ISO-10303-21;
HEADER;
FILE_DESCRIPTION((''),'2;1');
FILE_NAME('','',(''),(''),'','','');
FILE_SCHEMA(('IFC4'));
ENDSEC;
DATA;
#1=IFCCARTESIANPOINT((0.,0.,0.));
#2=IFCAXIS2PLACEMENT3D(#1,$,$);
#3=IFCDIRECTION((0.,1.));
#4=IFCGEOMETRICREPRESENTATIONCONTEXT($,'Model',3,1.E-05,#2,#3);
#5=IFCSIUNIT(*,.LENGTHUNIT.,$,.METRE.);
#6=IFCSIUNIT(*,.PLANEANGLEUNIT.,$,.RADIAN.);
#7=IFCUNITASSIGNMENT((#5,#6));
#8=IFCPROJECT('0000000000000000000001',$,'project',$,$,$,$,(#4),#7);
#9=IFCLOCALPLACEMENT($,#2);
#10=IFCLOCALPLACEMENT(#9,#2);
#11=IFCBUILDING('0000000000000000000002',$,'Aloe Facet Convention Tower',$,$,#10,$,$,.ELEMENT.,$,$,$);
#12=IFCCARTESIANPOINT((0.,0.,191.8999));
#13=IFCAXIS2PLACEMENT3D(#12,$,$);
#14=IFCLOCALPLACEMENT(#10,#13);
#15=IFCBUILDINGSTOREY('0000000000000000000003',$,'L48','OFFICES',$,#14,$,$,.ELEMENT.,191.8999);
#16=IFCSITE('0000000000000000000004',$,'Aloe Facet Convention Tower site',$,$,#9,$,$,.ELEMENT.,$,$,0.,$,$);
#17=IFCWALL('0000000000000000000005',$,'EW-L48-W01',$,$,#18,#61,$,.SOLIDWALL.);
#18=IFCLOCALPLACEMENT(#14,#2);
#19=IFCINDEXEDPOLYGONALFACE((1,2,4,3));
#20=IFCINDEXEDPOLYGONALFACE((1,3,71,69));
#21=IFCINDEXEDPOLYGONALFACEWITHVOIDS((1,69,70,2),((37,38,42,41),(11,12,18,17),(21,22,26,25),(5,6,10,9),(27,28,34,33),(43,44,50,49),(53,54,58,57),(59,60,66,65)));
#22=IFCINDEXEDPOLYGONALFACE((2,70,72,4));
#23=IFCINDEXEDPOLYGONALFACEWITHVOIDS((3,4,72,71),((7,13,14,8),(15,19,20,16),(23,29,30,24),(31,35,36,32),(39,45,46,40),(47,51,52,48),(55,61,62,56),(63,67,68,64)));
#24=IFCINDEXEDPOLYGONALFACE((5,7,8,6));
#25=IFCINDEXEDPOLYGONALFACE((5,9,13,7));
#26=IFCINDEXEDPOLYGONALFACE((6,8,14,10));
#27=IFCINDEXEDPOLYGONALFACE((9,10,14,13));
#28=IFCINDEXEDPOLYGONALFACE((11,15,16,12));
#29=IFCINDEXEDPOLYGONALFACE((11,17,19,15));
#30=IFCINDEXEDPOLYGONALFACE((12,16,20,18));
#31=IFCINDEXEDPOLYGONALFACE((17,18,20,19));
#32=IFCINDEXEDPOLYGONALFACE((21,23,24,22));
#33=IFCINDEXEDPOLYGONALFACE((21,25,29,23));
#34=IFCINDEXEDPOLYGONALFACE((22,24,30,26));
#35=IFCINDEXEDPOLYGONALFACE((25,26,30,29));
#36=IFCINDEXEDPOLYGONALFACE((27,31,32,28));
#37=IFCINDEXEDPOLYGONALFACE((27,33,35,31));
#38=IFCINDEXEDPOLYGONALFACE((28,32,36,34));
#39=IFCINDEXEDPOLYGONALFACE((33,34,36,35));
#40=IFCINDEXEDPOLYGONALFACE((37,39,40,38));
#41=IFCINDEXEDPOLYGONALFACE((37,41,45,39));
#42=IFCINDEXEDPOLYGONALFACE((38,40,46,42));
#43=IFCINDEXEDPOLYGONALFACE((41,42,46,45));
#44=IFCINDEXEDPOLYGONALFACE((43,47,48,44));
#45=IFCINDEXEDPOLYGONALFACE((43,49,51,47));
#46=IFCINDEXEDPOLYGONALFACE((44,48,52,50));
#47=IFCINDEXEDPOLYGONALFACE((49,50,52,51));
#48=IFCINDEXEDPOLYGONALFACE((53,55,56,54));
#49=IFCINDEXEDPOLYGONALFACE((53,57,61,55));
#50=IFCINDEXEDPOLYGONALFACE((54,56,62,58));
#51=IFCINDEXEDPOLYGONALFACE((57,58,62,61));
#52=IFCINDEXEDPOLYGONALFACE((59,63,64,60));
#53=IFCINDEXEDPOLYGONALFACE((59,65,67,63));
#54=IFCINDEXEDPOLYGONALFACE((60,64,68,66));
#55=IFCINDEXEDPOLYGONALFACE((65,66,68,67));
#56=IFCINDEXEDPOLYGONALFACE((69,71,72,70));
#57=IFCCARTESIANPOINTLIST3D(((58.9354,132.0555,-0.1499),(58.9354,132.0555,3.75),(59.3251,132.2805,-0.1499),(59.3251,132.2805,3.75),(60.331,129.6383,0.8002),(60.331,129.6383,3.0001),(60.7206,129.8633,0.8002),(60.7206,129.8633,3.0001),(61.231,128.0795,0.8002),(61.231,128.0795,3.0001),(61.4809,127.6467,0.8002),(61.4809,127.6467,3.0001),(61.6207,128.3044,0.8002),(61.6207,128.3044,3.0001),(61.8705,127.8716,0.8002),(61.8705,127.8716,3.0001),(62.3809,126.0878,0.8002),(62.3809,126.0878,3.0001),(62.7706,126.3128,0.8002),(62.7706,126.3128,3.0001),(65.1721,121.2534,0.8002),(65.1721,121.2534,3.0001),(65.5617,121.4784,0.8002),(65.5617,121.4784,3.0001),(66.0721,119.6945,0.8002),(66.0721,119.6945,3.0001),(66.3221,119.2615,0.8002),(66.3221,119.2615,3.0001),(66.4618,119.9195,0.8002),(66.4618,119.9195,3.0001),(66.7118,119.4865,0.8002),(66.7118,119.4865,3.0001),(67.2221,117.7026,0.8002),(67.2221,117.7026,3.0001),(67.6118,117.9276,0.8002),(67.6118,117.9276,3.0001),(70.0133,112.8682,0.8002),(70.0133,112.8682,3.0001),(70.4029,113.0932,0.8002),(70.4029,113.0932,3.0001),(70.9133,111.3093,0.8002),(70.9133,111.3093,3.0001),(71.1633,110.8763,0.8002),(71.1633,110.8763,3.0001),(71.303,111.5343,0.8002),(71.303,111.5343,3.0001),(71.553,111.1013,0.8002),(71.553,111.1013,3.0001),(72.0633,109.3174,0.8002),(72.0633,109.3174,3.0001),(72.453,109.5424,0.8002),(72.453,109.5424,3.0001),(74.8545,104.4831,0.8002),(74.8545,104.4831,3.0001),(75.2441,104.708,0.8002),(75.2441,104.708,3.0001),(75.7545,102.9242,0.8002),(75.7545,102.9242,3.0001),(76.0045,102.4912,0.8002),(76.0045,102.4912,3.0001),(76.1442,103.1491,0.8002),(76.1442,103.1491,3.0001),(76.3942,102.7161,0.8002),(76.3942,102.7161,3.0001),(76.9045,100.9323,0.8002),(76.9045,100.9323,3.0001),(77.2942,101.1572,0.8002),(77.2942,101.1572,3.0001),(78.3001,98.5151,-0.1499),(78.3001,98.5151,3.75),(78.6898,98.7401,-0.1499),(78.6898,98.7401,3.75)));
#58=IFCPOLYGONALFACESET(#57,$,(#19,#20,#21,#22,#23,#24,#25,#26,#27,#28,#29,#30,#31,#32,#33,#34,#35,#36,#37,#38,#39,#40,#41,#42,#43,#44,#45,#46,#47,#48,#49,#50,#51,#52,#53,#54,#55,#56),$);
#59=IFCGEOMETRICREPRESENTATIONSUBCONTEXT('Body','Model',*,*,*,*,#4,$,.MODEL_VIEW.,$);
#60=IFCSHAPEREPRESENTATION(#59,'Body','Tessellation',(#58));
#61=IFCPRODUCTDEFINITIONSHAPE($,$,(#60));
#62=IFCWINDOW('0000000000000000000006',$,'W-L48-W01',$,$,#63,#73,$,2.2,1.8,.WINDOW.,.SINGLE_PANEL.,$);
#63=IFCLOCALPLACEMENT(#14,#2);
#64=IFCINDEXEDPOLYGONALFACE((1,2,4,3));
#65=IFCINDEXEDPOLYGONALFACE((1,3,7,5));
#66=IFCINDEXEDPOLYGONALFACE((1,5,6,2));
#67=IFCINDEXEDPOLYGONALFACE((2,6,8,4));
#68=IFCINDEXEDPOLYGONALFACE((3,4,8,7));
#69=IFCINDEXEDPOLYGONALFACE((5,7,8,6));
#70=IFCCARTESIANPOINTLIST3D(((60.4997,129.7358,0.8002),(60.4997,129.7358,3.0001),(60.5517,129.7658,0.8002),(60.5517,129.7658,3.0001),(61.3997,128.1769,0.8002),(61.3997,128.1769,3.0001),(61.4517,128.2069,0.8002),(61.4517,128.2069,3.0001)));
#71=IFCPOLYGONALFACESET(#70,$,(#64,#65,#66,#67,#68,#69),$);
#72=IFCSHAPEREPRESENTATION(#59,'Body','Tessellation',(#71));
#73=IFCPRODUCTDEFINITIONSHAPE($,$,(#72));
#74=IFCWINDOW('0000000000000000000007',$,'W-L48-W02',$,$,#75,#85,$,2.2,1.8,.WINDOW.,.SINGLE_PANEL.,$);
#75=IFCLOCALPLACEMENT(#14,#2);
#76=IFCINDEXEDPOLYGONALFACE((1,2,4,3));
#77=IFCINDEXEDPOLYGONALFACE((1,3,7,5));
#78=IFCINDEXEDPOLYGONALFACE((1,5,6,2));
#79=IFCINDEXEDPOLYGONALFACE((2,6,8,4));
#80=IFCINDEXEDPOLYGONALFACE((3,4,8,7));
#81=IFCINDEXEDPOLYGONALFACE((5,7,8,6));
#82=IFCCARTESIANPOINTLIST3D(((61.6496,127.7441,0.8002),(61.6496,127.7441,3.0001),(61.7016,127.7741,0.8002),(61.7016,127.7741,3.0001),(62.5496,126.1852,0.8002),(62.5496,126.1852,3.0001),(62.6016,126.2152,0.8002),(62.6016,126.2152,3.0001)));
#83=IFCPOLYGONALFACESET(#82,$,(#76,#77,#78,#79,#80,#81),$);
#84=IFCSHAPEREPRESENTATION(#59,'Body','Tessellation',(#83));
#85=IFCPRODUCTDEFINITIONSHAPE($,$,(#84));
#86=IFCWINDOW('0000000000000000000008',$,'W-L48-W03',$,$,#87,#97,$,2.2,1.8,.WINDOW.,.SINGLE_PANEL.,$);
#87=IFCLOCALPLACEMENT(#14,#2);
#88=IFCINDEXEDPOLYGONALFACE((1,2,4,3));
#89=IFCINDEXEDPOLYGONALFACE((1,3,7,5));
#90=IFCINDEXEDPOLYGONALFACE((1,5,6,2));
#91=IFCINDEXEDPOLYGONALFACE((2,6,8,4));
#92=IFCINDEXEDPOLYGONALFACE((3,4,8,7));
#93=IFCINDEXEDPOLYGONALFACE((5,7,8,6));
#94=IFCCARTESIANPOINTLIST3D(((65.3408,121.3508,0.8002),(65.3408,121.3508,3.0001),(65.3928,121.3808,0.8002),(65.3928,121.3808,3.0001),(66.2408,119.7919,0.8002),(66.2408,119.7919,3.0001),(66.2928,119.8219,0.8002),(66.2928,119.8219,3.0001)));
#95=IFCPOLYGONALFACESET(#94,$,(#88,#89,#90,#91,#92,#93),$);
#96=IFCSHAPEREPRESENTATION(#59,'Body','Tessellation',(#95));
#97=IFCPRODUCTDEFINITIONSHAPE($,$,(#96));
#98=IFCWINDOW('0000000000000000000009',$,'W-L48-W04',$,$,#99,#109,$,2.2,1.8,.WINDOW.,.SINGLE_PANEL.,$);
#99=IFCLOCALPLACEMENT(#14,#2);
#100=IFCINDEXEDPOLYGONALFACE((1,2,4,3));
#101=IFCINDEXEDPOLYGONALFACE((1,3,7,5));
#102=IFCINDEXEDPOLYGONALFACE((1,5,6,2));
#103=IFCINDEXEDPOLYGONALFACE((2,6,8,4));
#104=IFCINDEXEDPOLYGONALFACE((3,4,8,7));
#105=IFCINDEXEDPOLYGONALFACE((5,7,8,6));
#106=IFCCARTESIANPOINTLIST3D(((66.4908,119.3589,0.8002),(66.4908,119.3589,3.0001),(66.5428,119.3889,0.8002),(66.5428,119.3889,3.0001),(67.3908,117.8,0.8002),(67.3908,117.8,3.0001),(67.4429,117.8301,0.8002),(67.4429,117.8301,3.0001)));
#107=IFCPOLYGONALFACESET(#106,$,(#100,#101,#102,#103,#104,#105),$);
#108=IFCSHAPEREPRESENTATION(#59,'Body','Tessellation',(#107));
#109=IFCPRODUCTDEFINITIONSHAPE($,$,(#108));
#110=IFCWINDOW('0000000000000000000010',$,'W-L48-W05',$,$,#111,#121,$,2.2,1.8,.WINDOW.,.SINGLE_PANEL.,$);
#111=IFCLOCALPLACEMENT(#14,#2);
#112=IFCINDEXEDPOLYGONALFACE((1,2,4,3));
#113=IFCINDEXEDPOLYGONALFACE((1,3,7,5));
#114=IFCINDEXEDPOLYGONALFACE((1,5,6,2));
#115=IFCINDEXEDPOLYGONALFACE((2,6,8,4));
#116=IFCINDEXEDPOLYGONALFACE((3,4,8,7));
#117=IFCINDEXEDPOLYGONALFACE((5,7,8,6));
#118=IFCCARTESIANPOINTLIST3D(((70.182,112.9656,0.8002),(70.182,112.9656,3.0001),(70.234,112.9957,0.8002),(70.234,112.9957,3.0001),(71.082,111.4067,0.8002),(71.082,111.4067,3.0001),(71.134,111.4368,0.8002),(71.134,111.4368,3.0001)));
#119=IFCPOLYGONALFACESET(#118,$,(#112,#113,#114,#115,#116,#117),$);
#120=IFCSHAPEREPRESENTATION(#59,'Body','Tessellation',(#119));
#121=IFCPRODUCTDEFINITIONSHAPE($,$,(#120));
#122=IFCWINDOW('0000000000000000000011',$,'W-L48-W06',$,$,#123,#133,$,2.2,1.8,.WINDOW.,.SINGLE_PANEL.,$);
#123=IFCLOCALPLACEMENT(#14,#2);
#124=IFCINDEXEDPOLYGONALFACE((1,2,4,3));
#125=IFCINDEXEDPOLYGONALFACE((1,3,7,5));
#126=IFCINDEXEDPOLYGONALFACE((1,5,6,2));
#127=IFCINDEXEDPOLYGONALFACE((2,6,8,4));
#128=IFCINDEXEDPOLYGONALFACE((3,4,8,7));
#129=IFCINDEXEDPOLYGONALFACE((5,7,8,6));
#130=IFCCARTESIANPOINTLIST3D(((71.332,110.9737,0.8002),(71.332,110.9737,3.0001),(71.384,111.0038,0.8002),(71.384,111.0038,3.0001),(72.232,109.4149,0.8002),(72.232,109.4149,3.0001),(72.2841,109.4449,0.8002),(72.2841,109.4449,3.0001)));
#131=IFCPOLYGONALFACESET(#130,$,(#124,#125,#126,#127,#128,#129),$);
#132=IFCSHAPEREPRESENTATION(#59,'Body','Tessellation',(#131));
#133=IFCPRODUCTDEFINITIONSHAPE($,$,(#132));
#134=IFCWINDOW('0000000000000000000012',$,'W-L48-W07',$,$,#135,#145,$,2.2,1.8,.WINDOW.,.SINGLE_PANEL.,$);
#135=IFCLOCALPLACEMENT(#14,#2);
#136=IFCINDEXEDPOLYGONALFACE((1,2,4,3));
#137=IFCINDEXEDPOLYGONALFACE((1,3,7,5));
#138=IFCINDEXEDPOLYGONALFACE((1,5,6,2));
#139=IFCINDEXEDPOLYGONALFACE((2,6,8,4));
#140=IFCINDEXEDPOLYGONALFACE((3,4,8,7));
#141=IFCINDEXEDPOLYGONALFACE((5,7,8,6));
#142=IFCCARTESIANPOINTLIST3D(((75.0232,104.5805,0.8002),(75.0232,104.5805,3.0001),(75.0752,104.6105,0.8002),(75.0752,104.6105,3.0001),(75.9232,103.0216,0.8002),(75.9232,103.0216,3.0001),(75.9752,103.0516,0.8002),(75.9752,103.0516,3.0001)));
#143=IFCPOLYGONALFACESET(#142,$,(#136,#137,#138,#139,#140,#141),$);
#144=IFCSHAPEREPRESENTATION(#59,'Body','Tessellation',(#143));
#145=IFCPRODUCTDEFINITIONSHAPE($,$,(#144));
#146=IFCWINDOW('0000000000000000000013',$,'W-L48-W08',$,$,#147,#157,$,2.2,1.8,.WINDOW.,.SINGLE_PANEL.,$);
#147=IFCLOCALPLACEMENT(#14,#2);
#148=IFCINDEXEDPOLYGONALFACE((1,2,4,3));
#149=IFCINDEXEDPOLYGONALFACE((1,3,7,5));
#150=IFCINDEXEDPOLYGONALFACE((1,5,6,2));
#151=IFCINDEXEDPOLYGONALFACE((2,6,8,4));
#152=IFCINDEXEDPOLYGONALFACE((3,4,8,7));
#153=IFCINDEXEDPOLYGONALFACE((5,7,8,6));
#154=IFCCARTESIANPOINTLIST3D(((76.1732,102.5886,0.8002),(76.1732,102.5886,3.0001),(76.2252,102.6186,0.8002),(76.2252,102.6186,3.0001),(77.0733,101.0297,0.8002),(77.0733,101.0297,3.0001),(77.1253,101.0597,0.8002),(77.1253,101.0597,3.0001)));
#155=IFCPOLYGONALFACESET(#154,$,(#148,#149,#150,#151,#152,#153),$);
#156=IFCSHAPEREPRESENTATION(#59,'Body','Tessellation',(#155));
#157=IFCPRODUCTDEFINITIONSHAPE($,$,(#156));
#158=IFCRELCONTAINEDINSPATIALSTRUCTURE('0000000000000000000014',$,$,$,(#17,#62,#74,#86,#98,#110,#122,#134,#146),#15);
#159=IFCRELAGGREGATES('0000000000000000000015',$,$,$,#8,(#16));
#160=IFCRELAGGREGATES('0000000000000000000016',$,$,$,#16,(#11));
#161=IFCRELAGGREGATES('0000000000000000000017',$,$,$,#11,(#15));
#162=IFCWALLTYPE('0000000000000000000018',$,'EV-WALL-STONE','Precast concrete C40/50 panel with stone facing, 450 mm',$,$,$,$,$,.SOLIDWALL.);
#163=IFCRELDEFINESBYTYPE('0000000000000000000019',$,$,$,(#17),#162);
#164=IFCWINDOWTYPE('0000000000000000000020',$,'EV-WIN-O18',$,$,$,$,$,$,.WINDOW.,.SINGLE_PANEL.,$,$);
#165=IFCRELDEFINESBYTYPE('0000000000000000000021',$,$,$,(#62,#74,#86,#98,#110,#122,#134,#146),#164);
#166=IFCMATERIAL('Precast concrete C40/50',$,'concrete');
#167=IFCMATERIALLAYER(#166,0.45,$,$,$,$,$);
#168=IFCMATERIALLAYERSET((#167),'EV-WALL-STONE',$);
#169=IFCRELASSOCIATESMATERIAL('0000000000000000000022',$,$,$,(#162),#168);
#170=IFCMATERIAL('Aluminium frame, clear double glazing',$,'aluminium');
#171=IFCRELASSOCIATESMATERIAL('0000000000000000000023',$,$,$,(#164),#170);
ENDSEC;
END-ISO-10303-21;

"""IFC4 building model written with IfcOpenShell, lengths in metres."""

from ifc_helpers import new_model, si_unit, direction, frame, frame_2d, origin, place, context, subcontext, project, spatial, polyline, rectangle, outline, extrude, material, layer, layer_set, type_object, element, fill, save


model = new_model("IFC4")

# Units and contexts
model_context = context("Model", 3, precision=1e-05, world=origin(), true_north=direction((0.0, 1.0)))
body_context = subcontext(model_context, "Body", "Model", "MODEL_VIEW")
ifc_project = project(units=[si_unit("LENGTHUNIT", "METRE"), si_unit("PLANEANGLEUNIT", "RADIAN")], contexts=[model_context])

# Site, building, storey
site_placement = place(None, origin())
site = spatial("IfcSite", under=ifc_project, at=site_placement, Name="Aloe Facet Convention Tower site", CompositionType="ELEMENT", RefElevation=0.0)
building_placement = place(site_placement, origin())
building = spatial("IfcBuilding", under=site, at=building_placement, Name="Aloe Facet Convention Tower", CompositionType="ELEMENT")
storey_placement = place(building_placement, frame((0.0, 0.0, 191.8999)))
storey = spatial("IfcBuildingStorey", under=building, at=storey_placement, Name="L48", Description="OFFICES", CompositionType="ELEMENT", Elevation=191.8999)

# Wall, openings, windows
ifc_material_1 = material(Name="Precast concrete C40/50", Category="concrete")
ifc_layer = layer(ifc_material_1, 0.45)
ifc_layer_set = layer_set([ifc_layer], Name="EV-WALL-STONE")
wall_type = type_object("IfcWallType", Name="EV-WALL-STONE", Description="Precast concrete C40/50 panel with stone facing, 450 mm", PredefinedType="SOLIDWALL", material=ifc_layer_set)
wall_1_placement = place(storey_placement, frame((59.1301, 132.168, -0.1499), z_axis=(0.0, 0.0, 1.0), x_axis=(0.500002, -0.866024, 0.0)))
wall_1 = element("IfcWall", 1, at=wall_1_placement, inside=storey, type_object=wall_type, Name="EW-L48-W01", PredefinedType="SOLIDWALL", context=body_context, shape_type="SweptSolid", body=[
    extrude(outline(polyline([(38.7292, 0.0), (38.7292, 3.8999), (0.0, 3.8999), (0.0, 0.0), (38.7292, 0.0)])), frame((0.0, 0.2251, 0.0), z_axis=(0.0, -1.0, 0.0), x_axis=(1.0, 0.0, 0.0)), (0.0, 0.0, 1.0), 0.45),
])
opening_1_placement = place(wall_1_placement, frame((2.7913, 0.0, 0.95)))
opening_1 = element("IfcOpeningElement", 2, at=opening_1_placement, cuts=wall_1, PredefinedType="OPENING", context=body_context, shape_type="SweptSolid", body=[
    extrude(rectangle(XDim=1.8, YDim=2.2, at=frame_2d((0.8999, 1.1001))), frame((0.0, 0.2349, 0.0), z_axis=(0.0, -1.0, 0.0), x_axis=(1.0, 0.0, 0.0)), (0.0, 0.0, 1.0), 0.47),
])
opening_2_placement = place(wall_1_placement, frame((5.0911, 0.0, 0.95)))
opening_2 = element("IfcOpeningElement", 3, at=opening_2_placement, cuts=wall_1, PredefinedType="OPENING", context=body_context, shape_type="SweptSolid", body=[
    extrude(rectangle(XDim=1.8, YDim=2.2, at=frame_2d((0.8999, 1.1001))), frame((0.0, 0.2349, 0.0), z_axis=(0.0, -1.0, 0.0), x_axis=(1.0, 0.0, 0.0)), (0.0, 0.0, 1.0), 0.47),
])
opening_3_placement = place(wall_1_placement, frame((12.4734, 0.0, 0.95)))
opening_3 = element("IfcOpeningElement", 4, at=opening_3_placement, cuts=wall_1, PredefinedType="OPENING", context=body_context, shape_type="SweptSolid", body=[
    extrude(rectangle(XDim=1.8, YDim=2.2, at=frame_2d((0.8999, 1.1001))), frame((0.0, 0.2349, 0.0), z_axis=(0.0, -1.0, 0.0), x_axis=(1.0, 0.0, 0.0)), (0.0, 0.0, 1.0), 0.47),
])
opening_4_placement = place(wall_1_placement, frame((14.7734, 0.0, 0.95)))
opening_4 = element("IfcOpeningElement", 5, at=opening_4_placement, cuts=wall_1, PredefinedType="OPENING", context=body_context, shape_type="SweptSolid", body=[
    extrude(rectangle(XDim=1.8, YDim=2.2, at=frame_2d((0.8999, 1.1001))), frame((0.0, 0.2349, 0.0), z_axis=(0.0, -1.0, 0.0), x_axis=(1.0, 0.0, 0.0)), (0.0, 0.0, 1.0), 0.47),
])
opening_5_placement = place(wall_1_placement, frame((22.1558, 0.0, 0.95)))
opening_5 = element("IfcOpeningElement", 6, at=opening_5_placement, cuts=wall_1, PredefinedType="OPENING", context=body_context, shape_type="SweptSolid", body=[
    extrude(rectangle(XDim=1.8, YDim=2.2, at=frame_2d((0.8999, 1.1001))), frame((0.0, 0.2349, 0.0), z_axis=(0.0, -1.0, 0.0), x_axis=(1.0, 0.0, 0.0)), (0.0, 0.0, 1.0), 0.47),
])
opening_6_placement = place(wall_1_placement, frame((24.4558, 0.0, 0.95)))
opening_6 = element("IfcOpeningElement", 7, at=opening_6_placement, cuts=wall_1, PredefinedType="OPENING", context=body_context, shape_type="SweptSolid", body=[
    extrude(rectangle(XDim=1.8, YDim=2.2, at=frame_2d((0.8999, 1.1001))), frame((0.0, 0.2349, 0.0), z_axis=(0.0, -1.0, 0.0), x_axis=(1.0, 0.0, 0.0)), (0.0, 0.0, 1.0), 0.47),
])
opening_7_placement = place(wall_1_placement, frame((31.8381, 0.0, 0.95)))
opening_7 = element("IfcOpeningElement", 8, at=opening_7_placement, cuts=wall_1, PredefinedType="OPENING", context=body_context, shape_type="SweptSolid", body=[
    extrude(rectangle(XDim=1.8, YDim=2.2, at=frame_2d((0.8999, 1.1001))), frame((0.0, 0.2349, 0.0), z_axis=(0.0, -1.0, 0.0), x_axis=(1.0, 0.0, 0.0)), (0.0, 0.0, 1.0), 0.47),
])
opening_8_placement = place(wall_1_placement, frame((34.1382, 0.0, 0.95)))
opening_8 = element("IfcOpeningElement", 9, at=opening_8_placement, cuts=wall_1, PredefinedType="OPENING", context=body_context, shape_type="SweptSolid", body=[
    extrude(rectangle(XDim=1.8, YDim=2.2, at=frame_2d((0.8999, 1.1001))), frame((0.0, 0.2349, 0.0), z_axis=(0.0, -1.0, 0.0), x_axis=(1.0, 0.0, 0.0)), (0.0, 0.0, 1.0), 0.47),
])
ifc_material_2 = material(Name="Aluminium frame, clear double glazing", Category="aluminium")
window_type_1 = type_object("IfcWindowType", Name="EV-WIN-O18", PartitioningType="SINGLE_PANEL", PredefinedType="WINDOW", material=ifc_material_2)
window_1_placement = place(opening_1_placement, origin())
window_1 = element("IfcWindow", 10, at=window_1_placement, inside=storey, type_object=window_type_1, Name="W-L48-W01", OverallHeight=2.2, OverallWidth=1.8, PartitioningType="SINGLE_PANEL", PredefinedType="WINDOW", context=body_context, shape_type="SweptSolid", body=[
    extrude(rectangle(XDim=1.8, YDim=2.2, at=frame_2d((0.8999, 1.1001))), frame((0.0, 0.03, 0.0), z_axis=(0.0, -1.0, 0.0), x_axis=(1.0, 0.0, 0.0)), (0.0, 0.0, 1.0), 0.0601),
])
fill(opening_1, window_1)
window_2_placement = place(opening_2_placement, origin())
window_2 = element("IfcWindow", 11, at=window_2_placement, inside=storey, type_object=window_type_1, Name="W-L48-W02", OverallHeight=2.2, OverallWidth=1.8, PartitioningType="SINGLE_PANEL", PredefinedType="WINDOW", context=body_context, shape_type="SweptSolid", body=[
    extrude(rectangle(XDim=1.8, YDim=2.2, at=frame_2d((0.8999, 1.1001))), frame((0.0, 0.03, 0.0), z_axis=(0.0, -1.0, 0.0), x_axis=(1.0, 0.0, 0.0)), (0.0, 0.0, 1.0), 0.0601),
])
fill(opening_2, window_2)
window_3_placement = place(opening_3_placement, origin())
window_3 = element("IfcWindow", 12, at=window_3_placement, inside=storey, type_object=window_type_1, Name="W-L48-W03", OverallHeight=2.2, OverallWidth=1.8, PartitioningType="SINGLE_PANEL", PredefinedType="WINDOW", context=body_context, shape_type="SweptSolid", body=[
    extrude(rectangle(XDim=1.8, YDim=2.2, at=frame_2d((0.8999, 1.1001))), frame((0.0, 0.03, 0.0), z_axis=(0.0, -1.0, 0.0), x_axis=(1.0, 0.0, 0.0)), (0.0, 0.0, 1.0), 0.0601),
])
fill(opening_3, window_3)
window_4_placement = place(opening_4_placement, origin())
window_4 = element("IfcWindow", 13, at=window_4_placement, inside=storey, type_object=window_type_1, Name="W-L48-W04", OverallHeight=2.2, OverallWidth=1.8, PartitioningType="SINGLE_PANEL", PredefinedType="WINDOW", context=body_context, shape_type="SweptSolid", body=[
    extrude(rectangle(XDim=1.8, YDim=2.2, at=frame_2d((0.8999, 1.1001))), frame((0.0, 0.03, 0.0), z_axis=(0.0, -1.0, 0.0), x_axis=(1.0, 0.0, 0.0)), (0.0, 0.0, 1.0), 0.0601),
])
fill(opening_4, window_4)
window_5_placement = place(opening_5_placement, origin())
window_5 = element("IfcWindow", 14, at=window_5_placement, inside=storey, type_object=window_type_1, Name="W-L48-W05", OverallHeight=2.2, OverallWidth=1.8, PartitioningType="SINGLE_PANEL", PredefinedType="WINDOW", context=body_context, shape_type="SweptSolid", body=[
    extrude(rectangle(XDim=1.8, YDim=2.2, at=frame_2d((0.8999, 1.1001))), frame((0.0, 0.03, 0.0), z_axis=(0.0, -1.0, 0.0), x_axis=(1.0, 0.0, 0.0)), (0.0, 0.0, 1.0), 0.0601),
])
fill(opening_5, window_5)
window_6_placement = place(opening_6_placement, origin())
window_6 = element("IfcWindow", 15, at=window_6_placement, inside=storey, type_object=window_type_1, Name="W-L48-W06", OverallHeight=2.2, OverallWidth=1.8, PartitioningType="SINGLE_PANEL", PredefinedType="WINDOW", context=body_context, shape_type="SweptSolid", body=[
    extrude(rectangle(XDim=1.8, YDim=2.2, at=frame_2d((0.8999, 1.1001))), frame((0.0, 0.03, 0.0), z_axis=(0.0, -1.0, 0.0), x_axis=(1.0, 0.0, 0.0)), (0.0, 0.0, 1.0), 0.0601),
])
fill(opening_6, window_6)
window_7_placement = place(opening_7_placement, origin())
window_7 = element("IfcWindow", 16, at=window_7_placement, inside=storey, type_object=window_type_1, Name="W-L48-W07", OverallHeight=2.2, OverallWidth=1.8, PartitioningType="SINGLE_PANEL", PredefinedType="WINDOW", context=body_context, shape_type="SweptSolid", body=[
    extrude(rectangle(XDim=1.8, YDim=2.2, at=frame_2d((0.8999, 1.1001))), frame((0.0, 0.03, 0.0), z_axis=(0.0, -1.0, 0.0), x_axis=(1.0, 0.0, 0.0)), (0.0, 0.0, 1.0), 0.0601),
])
fill(opening_7, window_7)
window_8_placement = place(opening_8_placement, origin())
window_8 = element("IfcWindow", 17, at=window_8_placement, inside=storey, type_object=window_type_1, Name="W-L48-W08", OverallHeight=2.2, OverallWidth=1.8, PartitioningType="SINGLE_PANEL", PredefinedType="WINDOW", context=body_context, shape_type="SweptSolid", body=[
    extrude(rectangle(XDim=1.8, YDim=2.2, at=frame_2d((0.8999, 1.1001))), frame((0.0, 0.03, 0.0), z_axis=(0.0, -1.0, 0.0), x_axis=(1.0, 0.0, 0.0)), (0.0, 0.0, 1.0), 0.0601),
])
fill(opening_8, window_8)

save(model, "model.ifc")
